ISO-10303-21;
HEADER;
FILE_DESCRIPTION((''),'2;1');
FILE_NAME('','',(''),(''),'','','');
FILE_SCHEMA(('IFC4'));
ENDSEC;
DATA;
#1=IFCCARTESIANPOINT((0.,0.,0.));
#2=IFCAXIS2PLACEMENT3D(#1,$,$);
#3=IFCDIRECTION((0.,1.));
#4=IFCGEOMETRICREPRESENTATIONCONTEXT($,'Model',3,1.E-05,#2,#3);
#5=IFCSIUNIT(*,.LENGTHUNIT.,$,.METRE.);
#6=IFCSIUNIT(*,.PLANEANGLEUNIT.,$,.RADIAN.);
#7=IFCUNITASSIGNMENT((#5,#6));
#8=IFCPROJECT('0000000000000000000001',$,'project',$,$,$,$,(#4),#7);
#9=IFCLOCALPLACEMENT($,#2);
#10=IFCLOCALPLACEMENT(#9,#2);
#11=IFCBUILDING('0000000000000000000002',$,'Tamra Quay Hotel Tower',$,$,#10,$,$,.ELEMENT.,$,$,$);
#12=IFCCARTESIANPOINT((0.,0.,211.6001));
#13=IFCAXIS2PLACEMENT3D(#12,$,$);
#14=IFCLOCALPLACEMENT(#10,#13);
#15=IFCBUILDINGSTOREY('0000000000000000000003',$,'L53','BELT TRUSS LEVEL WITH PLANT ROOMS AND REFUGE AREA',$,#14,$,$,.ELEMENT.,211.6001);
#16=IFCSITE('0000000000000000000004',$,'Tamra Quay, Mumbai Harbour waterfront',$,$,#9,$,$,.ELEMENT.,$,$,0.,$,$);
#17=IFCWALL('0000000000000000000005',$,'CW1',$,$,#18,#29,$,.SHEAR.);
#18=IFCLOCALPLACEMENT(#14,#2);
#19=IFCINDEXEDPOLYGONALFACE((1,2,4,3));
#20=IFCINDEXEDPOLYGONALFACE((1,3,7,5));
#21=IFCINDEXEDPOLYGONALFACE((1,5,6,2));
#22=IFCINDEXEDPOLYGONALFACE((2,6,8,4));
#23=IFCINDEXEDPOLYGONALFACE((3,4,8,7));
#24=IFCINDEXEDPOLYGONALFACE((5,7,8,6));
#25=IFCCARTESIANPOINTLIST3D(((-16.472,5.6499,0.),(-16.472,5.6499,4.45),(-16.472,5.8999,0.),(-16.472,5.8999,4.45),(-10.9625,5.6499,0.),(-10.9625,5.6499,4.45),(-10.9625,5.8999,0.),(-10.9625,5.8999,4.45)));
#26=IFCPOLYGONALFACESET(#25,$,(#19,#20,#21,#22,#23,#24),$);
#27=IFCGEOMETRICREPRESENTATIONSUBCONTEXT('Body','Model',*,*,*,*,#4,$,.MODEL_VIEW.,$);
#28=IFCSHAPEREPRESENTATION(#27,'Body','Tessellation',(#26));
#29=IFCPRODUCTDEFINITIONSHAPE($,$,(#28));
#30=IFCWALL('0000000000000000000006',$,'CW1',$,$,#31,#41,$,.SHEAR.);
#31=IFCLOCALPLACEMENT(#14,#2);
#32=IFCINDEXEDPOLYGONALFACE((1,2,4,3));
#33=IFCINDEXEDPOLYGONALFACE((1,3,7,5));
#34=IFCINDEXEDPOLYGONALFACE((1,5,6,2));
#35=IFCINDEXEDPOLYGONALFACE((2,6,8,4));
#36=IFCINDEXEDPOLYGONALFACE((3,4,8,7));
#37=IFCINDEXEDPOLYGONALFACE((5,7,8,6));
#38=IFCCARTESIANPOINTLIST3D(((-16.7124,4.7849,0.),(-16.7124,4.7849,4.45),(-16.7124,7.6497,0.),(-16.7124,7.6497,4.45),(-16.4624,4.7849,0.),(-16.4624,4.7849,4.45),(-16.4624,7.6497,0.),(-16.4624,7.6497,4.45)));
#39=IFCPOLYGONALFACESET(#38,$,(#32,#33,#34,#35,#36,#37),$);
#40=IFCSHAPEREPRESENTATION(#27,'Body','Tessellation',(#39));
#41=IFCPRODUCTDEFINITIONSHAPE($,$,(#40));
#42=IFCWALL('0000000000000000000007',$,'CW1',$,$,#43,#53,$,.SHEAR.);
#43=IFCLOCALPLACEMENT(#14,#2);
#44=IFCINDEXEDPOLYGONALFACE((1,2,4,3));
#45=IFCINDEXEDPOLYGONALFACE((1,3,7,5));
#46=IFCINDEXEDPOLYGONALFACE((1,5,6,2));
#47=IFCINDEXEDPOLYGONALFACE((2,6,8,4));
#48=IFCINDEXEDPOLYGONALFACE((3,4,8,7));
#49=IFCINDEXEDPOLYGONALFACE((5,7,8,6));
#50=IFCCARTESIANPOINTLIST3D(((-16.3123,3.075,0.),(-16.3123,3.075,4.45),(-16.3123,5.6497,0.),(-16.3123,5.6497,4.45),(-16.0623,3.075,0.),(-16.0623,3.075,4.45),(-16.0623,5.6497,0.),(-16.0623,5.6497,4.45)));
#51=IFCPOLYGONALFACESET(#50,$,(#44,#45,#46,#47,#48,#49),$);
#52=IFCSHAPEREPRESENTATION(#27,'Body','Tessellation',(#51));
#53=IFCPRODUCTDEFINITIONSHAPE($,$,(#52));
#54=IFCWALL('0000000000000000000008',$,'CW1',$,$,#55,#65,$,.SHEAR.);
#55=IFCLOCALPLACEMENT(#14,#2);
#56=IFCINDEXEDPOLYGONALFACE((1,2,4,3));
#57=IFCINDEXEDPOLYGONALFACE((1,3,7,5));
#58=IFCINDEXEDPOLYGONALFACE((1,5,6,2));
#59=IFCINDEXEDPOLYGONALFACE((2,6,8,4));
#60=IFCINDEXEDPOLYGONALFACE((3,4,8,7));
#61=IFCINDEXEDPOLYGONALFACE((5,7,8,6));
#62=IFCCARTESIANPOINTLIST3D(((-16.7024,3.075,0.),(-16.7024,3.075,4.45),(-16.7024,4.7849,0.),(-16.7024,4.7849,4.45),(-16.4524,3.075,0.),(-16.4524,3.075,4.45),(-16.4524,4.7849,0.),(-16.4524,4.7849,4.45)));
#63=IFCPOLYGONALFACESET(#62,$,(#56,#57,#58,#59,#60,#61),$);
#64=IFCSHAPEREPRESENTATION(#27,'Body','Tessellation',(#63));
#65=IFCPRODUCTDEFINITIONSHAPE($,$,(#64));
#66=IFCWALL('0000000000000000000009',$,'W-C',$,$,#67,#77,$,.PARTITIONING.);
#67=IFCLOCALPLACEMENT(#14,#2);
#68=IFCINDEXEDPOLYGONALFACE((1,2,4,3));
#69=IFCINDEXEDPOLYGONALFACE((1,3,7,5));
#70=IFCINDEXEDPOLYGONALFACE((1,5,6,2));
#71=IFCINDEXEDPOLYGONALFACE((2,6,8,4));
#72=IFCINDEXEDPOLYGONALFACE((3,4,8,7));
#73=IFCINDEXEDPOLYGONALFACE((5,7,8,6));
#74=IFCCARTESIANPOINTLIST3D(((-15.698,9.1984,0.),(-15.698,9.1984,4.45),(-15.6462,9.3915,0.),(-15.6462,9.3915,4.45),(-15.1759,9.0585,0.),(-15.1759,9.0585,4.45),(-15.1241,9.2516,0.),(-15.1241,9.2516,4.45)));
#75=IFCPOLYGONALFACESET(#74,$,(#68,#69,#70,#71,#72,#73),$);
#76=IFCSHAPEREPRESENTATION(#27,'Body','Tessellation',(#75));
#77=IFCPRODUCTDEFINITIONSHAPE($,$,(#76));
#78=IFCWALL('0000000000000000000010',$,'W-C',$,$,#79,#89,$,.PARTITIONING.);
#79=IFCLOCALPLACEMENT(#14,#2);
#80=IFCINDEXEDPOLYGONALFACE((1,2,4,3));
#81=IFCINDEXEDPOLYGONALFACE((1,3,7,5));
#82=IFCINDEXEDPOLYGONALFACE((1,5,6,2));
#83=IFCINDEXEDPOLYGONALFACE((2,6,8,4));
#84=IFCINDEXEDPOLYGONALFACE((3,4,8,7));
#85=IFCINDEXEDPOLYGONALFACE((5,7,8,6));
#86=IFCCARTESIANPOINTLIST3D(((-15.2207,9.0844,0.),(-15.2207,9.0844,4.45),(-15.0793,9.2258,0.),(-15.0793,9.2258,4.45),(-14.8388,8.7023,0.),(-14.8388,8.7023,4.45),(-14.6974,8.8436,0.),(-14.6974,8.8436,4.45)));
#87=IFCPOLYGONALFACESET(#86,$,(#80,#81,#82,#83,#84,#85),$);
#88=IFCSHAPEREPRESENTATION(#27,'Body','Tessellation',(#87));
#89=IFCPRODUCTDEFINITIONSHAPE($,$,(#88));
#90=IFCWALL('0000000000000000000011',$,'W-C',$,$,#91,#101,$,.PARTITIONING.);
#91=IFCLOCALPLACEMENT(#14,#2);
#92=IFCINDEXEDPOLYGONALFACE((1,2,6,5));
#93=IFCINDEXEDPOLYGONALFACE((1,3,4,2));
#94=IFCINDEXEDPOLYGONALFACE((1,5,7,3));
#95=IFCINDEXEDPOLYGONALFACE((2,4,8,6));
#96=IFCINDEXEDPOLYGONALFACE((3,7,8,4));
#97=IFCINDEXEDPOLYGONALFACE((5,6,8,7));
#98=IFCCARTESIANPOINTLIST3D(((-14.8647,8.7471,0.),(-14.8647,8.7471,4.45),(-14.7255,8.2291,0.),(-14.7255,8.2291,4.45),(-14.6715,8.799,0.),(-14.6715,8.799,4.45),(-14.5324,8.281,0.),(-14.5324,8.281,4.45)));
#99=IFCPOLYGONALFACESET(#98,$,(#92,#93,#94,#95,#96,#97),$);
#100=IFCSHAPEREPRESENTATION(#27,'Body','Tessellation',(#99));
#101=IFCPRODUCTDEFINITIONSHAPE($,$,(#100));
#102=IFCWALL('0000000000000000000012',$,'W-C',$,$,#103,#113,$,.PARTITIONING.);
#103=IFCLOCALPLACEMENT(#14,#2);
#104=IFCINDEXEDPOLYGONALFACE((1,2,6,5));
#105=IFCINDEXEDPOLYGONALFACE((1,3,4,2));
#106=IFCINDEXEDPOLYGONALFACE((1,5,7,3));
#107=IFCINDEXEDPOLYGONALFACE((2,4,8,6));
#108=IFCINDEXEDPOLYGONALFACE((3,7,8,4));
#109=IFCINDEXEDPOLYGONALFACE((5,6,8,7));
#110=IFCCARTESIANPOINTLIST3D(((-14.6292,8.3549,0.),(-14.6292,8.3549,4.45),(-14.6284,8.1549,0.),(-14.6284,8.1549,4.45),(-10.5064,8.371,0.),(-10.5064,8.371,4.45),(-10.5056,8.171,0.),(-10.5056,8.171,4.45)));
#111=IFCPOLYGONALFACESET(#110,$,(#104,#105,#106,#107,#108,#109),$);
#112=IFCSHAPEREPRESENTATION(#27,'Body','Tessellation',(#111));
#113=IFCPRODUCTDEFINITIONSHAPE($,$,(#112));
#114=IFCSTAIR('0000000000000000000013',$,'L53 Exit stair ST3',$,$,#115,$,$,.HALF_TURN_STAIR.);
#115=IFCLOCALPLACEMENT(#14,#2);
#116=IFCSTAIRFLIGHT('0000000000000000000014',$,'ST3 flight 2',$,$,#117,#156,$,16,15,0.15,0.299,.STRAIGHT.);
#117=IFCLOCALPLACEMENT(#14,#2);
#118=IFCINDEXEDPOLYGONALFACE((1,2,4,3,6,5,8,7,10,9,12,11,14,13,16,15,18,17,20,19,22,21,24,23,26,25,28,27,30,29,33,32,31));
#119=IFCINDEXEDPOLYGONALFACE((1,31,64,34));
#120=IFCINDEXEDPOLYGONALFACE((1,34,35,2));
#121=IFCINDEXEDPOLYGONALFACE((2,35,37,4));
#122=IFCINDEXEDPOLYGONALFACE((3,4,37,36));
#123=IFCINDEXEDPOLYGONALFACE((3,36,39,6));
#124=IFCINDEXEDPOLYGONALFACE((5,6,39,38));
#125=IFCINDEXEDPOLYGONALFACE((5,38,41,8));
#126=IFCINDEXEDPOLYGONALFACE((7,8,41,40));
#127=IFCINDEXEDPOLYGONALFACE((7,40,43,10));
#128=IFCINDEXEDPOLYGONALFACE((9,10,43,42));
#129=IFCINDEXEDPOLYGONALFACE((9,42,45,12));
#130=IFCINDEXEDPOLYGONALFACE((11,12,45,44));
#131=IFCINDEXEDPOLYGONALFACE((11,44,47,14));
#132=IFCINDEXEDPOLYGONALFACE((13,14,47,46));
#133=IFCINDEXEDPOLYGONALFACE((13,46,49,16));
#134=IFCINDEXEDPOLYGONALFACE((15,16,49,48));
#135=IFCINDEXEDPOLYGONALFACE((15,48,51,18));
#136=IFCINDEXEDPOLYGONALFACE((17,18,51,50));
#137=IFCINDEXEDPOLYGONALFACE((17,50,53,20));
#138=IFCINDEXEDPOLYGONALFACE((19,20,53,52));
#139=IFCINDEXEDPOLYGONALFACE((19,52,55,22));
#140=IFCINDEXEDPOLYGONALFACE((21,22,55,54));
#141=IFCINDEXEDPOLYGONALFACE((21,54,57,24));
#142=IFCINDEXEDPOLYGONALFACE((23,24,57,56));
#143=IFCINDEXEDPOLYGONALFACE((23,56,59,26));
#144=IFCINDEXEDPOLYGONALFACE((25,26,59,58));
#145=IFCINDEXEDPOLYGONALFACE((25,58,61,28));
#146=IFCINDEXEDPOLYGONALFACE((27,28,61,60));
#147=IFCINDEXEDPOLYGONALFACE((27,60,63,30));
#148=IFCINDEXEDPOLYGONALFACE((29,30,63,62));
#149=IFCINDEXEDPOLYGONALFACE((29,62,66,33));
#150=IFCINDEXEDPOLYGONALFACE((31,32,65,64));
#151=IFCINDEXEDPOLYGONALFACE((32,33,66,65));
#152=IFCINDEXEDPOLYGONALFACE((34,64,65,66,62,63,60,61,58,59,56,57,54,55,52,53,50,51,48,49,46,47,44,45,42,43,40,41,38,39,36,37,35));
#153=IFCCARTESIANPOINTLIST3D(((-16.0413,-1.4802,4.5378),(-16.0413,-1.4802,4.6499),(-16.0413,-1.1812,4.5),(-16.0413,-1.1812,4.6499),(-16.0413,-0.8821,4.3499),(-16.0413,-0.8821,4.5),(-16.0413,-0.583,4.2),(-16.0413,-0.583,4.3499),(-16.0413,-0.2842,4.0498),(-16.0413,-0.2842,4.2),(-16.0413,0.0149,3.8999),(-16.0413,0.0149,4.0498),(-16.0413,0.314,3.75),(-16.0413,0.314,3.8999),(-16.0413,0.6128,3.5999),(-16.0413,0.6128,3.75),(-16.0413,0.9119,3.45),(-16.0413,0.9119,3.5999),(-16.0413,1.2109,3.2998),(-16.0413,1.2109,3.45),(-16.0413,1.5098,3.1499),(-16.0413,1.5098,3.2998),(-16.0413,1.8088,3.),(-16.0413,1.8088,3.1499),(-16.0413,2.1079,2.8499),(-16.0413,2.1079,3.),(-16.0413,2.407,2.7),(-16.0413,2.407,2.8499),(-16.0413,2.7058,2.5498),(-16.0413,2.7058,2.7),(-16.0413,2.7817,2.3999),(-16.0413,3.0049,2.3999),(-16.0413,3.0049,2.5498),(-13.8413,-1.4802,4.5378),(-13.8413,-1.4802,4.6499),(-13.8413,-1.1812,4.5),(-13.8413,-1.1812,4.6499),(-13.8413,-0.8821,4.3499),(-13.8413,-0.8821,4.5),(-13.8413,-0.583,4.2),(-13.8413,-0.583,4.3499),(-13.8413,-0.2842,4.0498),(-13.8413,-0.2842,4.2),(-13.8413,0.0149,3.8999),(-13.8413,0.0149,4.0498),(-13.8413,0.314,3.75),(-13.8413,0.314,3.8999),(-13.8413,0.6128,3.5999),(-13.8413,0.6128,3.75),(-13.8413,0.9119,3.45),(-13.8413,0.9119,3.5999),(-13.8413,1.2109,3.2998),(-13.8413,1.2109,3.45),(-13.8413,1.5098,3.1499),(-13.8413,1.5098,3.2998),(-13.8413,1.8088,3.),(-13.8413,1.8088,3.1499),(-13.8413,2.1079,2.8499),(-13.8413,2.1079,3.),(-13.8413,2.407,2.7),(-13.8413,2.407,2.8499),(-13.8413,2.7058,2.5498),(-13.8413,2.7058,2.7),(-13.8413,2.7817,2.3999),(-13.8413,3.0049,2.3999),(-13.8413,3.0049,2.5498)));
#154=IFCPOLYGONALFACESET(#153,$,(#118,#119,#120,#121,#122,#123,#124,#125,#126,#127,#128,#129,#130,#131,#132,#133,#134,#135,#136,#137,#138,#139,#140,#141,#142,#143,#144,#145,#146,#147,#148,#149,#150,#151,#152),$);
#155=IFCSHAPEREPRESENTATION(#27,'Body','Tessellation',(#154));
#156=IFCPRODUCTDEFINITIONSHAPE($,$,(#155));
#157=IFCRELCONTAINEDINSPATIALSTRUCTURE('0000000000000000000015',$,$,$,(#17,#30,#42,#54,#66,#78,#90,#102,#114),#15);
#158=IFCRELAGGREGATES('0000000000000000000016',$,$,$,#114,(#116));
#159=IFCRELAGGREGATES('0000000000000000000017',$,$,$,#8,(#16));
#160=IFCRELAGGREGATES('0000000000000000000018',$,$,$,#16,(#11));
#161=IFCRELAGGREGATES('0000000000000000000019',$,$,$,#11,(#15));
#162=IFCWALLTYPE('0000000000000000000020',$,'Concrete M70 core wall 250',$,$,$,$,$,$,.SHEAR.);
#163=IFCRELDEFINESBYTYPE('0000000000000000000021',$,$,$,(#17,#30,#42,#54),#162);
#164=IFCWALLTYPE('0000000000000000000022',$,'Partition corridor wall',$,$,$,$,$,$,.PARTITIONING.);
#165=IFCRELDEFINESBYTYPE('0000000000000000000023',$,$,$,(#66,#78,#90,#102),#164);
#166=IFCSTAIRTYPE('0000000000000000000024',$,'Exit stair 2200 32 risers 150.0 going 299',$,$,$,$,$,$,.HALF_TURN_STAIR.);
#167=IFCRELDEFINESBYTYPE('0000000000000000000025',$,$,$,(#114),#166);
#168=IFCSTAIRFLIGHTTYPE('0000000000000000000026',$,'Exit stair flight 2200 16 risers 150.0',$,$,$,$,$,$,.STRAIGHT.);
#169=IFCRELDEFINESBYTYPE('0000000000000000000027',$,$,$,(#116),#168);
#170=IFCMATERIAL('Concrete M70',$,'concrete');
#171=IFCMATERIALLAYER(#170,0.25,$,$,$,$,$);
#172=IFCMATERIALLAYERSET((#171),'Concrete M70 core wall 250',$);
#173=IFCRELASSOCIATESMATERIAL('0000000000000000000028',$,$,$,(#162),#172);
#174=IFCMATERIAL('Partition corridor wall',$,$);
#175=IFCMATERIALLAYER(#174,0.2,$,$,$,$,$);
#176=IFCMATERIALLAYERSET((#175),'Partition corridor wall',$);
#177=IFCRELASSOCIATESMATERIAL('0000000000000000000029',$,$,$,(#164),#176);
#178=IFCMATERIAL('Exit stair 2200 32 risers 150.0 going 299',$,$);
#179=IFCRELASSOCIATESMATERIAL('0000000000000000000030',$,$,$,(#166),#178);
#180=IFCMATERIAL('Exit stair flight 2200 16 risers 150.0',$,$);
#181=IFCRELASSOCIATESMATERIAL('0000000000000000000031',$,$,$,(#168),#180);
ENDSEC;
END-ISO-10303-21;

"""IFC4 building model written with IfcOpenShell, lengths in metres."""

from ifc_helpers import new_model, si_unit, direction, frame, frame_2d, origin, place, context, subcontext, project, spatial, polyline, rectangle, outline, extrude, material, layer, layer_set, type_object, element, aggregate, save


model = new_model("IFC4")

# Units and contexts
model_context = context("Model", 3, precision=1e-05, world=origin(), true_north=direction((0.0, 1.0)))
body_context = subcontext(model_context, "Body", "Model", "MODEL_VIEW")
ifc_project = project(units=[si_unit("LENGTHUNIT", "METRE"), si_unit("PLANEANGLEUNIT", "RADIAN")], contexts=[model_context])

# Site, building, storey
site_placement = place(None, origin())
site = spatial("IfcSite", under=ifc_project, at=site_placement, Name="Tamra Quay, Mumbai Harbour waterfront", CompositionType="ELEMENT", RefElevation=0.0)
building_placement = place(site_placement, origin())
building = spatial("IfcBuilding", under=site, at=building_placement, Name="Tamra Quay Hotel Tower", CompositionType="ELEMENT")
storey_placement = place(building_placement, frame((0.0, 0.0, 211.6001)))
storey = spatial("IfcBuildingStorey", under=building, at=storey_placement, Name="L53", Description="BELT TRUSS LEVEL WITH PLANT ROOMS AND REFUGE AREA", CompositionType="ELEMENT", Elevation=211.6001)

# Walls
ifc_material_1 = material(Name="Concrete M70", Category="concrete")
ifc_layer_1 = layer(ifc_material_1, 0.25)
ifc_layer_set_1 = layer_set([ifc_layer_1], Name="Concrete M70 core wall 250")
wall_type_1 = type_object("IfcWallType", Name="Concrete M70 core wall 250", PredefinedType="SHEAR", material=ifc_layer_set_1)
wall_1_placement = place(storey_placement, frame((-16.4722, 5.7749, 0.0), z_axis=(0.0, 0.0, 1.0), x_axis=(1.0, 0.0, 0.0)))
element("IfcWall", 1, at=wall_1_placement, inside=storey, type_object=wall_type_1, Name="CW1", PredefinedType="SHEAR", context=body_context, shape_type="SweptSolid", body=[
    extrude(rectangle(XDim=5.5095, YDim=0.25, at=frame_2d((2.7549, 0.0))), origin(), (0.0, 0.0, 1.0), 4.45),
])
wall_2_placement = place(storey_placement, frame((-16.5874, 7.6497, 0.0), z_axis=(0.0, 0.0, 1.0), x_axis=(0.0, -1.0, 0.0)))
element("IfcWall", 2, at=wall_2_placement, inside=storey, type_object=wall_type_1, Name="CW1", PredefinedType="SHEAR", context=body_context, shape_type="SweptSolid", body=[
    extrude(rectangle(XDim=2.8647, YDim=0.25, at=frame_2d((1.4324, 0.0))), origin(), (0.0, 0.0, 1.0), 4.45),
])
wall_3_placement = place(storey_placement, frame((-16.1873, 3.075, 0.0), z_axis=(0.0, 0.0, 1.0), x_axis=(0.0, 1.0, 0.0)))
element("IfcWall", 3, at=wall_3_placement, inside=storey, type_object=wall_type_1, Name="CW1", PredefinedType="SHEAR", context=body_context, shape_type="SweptSolid", body=[
    extrude(rectangle(XDim=2.5747, YDim=0.25, at=frame_2d((1.2874, 0.0))), origin(), (0.0, 0.0, 1.0), 4.45),
])
wall_4_placement = place(storey_placement, frame((-16.5774, 4.7849, 0.0), z_axis=(0.0, 0.0, 1.0), x_axis=(0.0, -1.0, 0.0)))
element("IfcWall", 4, at=wall_4_placement, inside=storey, type_object=wall_type_1, Name="CW1", PredefinedType="SHEAR", context=body_context, shape_type="SweptSolid", body=[
    extrude(rectangle(XDim=1.71, YDim=0.25, at=frame_2d((0.855, 0.0))), origin(), (0.0, 0.0, 1.0), 4.45),
])
ifc_material_2 = material(Name="Partition corridor wall")
ifc_layer_2 = layer(ifc_material_2, 0.2)
ifc_layer_set_2 = layer_set([ifc_layer_2], Name="Partition corridor wall")
wall_type_2 = type_object("IfcWallType", Name="Partition corridor wall", PredefinedType="PARTITIONING", material=ifc_layer_set_2)
wall_5_placement = place(storey_placement, frame((-15.6721, 9.2949, 0.0), z_axis=(0.0, 0.0, 1.0), x_axis=(0.965942, -0.258759, 0.0)))
element("IfcWall", 5, at=wall_5_placement, inside=storey, type_object=wall_type_2, Name="W-C", PredefinedType="PARTITIONING", context=body_context, shape_type="SweptSolid", body=[
    extrude(rectangle(XDim=0.5405, YDim=0.2, at=frame_2d((0.2703, 0.0))), origin(), (0.0, 0.0, 1.0), 4.45),
])
wall_6_placement = place(storey_placement, frame((-15.1499, 9.155, 0.0), z_axis=(0.0, 0.0, 1.0), x_axis=(0.706881, -0.707333, 0.0)))
element("IfcWall", 6, at=wall_6_placement, inside=storey, type_object=wall_type_2, Name="W-C", PredefinedType="PARTITIONING", context=body_context, shape_type="SweptSolid", body=[
    extrude(rectangle(XDim=0.5403, YDim=0.2, at=frame_2d((0.27, 0.0))), origin(), (0.0, 0.0, 1.0), 4.45),
])
wall_7_placement = place(storey_placement, frame((-14.7681, 8.7729, 0.0), z_axis=(0.0, 0.0, 1.0), x_axis=(0.259418, -0.965765, 0.0)))
element("IfcWall", 7, at=wall_7_placement, inside=storey, type_object=wall_type_2, Name="W-C", PredefinedType="PARTITIONING", context=body_context, shape_type="SweptSolid", body=[
    extrude(rectangle(XDim=0.5364, YDim=0.2, at=frame_2d((0.2681, 0.0))), origin(), (0.0, 0.0, 1.0), 4.45),
])
wall_8_placement = place(storey_placement, frame((-14.6289, 8.2549, 0.0), z_axis=(0.0, 0.0, 1.0), x_axis=(0.999992, 0.003908, 0.0)))
element("IfcWall", 8, at=wall_8_placement, inside=storey, type_object=wall_type_2, Name="W-C", PredefinedType="PARTITIONING", context=body_context, shape_type="SweptSolid", body=[
    extrude(rectangle(XDim=4.1228, YDim=0.2, at=frame_2d((2.0615, 0.0))), origin(), (0.0, 0.0, 1.0), 4.45),
])

# Stair, stair flight
ifc_material_3 = material(Name="Exit stair 2200 32 risers 150.0 going 299")
stair_type = type_object("IfcStairType", Name="Exit stair 2200 32 risers 150.0 going 299", PredefinedType="HALF_TURN_STAIR", material=ifc_material_3)
stair_placement = place(storey_placement, origin())
stair = element("IfcStair", 9, at=stair_placement, inside=storey, type_object=stair_type, Name="L53 Exit stair ST3", PredefinedType="HALF_TURN_STAIR")
ifc_material_4 = material(Name="Exit stair flight 2200 16 risers 150.0")
stair_flight_type = type_object("IfcStairFlightType", Name="Exit stair flight 2200 16 risers 150.0", PredefinedType="STRAIGHT", material=ifc_material_4)
stair_flight_placement = place(storey_placement, frame((-14.9414, 3.0049, 2.3999), z_axis=(0.0, 0.0, 1.0), x_axis=(0.0, -1.0, 0.0)))
stair_flight = element("IfcStairFlight", 10, at=stair_flight_placement, type_object=stair_flight_type, Name="ST3 flight 2", NumberOfRisers=16, NumberOfTreads=15, PredefinedType="STRAIGHT", RiserHeight=0.15, TreadLength=0.299, context=body_context, shape_type="SweptSolid", body=[
    extrude(outline(polyline([(0.0, 0.0), (0.0, 0.1499), (0.2991, 0.1499), (0.2991, 0.3), (0.5979, 0.3), (0.5979, 0.45), (0.897, 0.45), (0.897, 0.6001), (1.196, 0.6001), (1.196, 0.75), (1.4951, 0.75), (1.4951, 0.8999), (1.7939, 0.8999), (1.7939, 1.05), (2.093, 1.05), (2.093, 1.2), (2.3921, 1.2), (2.3921, 1.3501), (2.6909, 1.3501), (2.6909, 1.5), (2.99, 1.5), (2.99, 1.6499), (3.2891, 1.6499), (3.2891, 1.8), (3.5879, 1.8), (3.5879, 1.95), (3.887, 1.95), (3.887, 2.1001), (4.186, 2.1001), (4.186, 2.25), (4.4851, 2.25), (4.4851, 2.3999), (4.4851, 2.1379), (0.2231, 0.0), (0.0, 0.0)])), frame((0.0, 1.1001, 0.0), z_axis=(0.0, -1.0, 0.0), x_axis=(1.0, 0.0, 0.0)), (0.0, 0.0, 1.0), 2.2),
])
aggregate(stair, [stair_flight])

save(model, "model.ifc")
